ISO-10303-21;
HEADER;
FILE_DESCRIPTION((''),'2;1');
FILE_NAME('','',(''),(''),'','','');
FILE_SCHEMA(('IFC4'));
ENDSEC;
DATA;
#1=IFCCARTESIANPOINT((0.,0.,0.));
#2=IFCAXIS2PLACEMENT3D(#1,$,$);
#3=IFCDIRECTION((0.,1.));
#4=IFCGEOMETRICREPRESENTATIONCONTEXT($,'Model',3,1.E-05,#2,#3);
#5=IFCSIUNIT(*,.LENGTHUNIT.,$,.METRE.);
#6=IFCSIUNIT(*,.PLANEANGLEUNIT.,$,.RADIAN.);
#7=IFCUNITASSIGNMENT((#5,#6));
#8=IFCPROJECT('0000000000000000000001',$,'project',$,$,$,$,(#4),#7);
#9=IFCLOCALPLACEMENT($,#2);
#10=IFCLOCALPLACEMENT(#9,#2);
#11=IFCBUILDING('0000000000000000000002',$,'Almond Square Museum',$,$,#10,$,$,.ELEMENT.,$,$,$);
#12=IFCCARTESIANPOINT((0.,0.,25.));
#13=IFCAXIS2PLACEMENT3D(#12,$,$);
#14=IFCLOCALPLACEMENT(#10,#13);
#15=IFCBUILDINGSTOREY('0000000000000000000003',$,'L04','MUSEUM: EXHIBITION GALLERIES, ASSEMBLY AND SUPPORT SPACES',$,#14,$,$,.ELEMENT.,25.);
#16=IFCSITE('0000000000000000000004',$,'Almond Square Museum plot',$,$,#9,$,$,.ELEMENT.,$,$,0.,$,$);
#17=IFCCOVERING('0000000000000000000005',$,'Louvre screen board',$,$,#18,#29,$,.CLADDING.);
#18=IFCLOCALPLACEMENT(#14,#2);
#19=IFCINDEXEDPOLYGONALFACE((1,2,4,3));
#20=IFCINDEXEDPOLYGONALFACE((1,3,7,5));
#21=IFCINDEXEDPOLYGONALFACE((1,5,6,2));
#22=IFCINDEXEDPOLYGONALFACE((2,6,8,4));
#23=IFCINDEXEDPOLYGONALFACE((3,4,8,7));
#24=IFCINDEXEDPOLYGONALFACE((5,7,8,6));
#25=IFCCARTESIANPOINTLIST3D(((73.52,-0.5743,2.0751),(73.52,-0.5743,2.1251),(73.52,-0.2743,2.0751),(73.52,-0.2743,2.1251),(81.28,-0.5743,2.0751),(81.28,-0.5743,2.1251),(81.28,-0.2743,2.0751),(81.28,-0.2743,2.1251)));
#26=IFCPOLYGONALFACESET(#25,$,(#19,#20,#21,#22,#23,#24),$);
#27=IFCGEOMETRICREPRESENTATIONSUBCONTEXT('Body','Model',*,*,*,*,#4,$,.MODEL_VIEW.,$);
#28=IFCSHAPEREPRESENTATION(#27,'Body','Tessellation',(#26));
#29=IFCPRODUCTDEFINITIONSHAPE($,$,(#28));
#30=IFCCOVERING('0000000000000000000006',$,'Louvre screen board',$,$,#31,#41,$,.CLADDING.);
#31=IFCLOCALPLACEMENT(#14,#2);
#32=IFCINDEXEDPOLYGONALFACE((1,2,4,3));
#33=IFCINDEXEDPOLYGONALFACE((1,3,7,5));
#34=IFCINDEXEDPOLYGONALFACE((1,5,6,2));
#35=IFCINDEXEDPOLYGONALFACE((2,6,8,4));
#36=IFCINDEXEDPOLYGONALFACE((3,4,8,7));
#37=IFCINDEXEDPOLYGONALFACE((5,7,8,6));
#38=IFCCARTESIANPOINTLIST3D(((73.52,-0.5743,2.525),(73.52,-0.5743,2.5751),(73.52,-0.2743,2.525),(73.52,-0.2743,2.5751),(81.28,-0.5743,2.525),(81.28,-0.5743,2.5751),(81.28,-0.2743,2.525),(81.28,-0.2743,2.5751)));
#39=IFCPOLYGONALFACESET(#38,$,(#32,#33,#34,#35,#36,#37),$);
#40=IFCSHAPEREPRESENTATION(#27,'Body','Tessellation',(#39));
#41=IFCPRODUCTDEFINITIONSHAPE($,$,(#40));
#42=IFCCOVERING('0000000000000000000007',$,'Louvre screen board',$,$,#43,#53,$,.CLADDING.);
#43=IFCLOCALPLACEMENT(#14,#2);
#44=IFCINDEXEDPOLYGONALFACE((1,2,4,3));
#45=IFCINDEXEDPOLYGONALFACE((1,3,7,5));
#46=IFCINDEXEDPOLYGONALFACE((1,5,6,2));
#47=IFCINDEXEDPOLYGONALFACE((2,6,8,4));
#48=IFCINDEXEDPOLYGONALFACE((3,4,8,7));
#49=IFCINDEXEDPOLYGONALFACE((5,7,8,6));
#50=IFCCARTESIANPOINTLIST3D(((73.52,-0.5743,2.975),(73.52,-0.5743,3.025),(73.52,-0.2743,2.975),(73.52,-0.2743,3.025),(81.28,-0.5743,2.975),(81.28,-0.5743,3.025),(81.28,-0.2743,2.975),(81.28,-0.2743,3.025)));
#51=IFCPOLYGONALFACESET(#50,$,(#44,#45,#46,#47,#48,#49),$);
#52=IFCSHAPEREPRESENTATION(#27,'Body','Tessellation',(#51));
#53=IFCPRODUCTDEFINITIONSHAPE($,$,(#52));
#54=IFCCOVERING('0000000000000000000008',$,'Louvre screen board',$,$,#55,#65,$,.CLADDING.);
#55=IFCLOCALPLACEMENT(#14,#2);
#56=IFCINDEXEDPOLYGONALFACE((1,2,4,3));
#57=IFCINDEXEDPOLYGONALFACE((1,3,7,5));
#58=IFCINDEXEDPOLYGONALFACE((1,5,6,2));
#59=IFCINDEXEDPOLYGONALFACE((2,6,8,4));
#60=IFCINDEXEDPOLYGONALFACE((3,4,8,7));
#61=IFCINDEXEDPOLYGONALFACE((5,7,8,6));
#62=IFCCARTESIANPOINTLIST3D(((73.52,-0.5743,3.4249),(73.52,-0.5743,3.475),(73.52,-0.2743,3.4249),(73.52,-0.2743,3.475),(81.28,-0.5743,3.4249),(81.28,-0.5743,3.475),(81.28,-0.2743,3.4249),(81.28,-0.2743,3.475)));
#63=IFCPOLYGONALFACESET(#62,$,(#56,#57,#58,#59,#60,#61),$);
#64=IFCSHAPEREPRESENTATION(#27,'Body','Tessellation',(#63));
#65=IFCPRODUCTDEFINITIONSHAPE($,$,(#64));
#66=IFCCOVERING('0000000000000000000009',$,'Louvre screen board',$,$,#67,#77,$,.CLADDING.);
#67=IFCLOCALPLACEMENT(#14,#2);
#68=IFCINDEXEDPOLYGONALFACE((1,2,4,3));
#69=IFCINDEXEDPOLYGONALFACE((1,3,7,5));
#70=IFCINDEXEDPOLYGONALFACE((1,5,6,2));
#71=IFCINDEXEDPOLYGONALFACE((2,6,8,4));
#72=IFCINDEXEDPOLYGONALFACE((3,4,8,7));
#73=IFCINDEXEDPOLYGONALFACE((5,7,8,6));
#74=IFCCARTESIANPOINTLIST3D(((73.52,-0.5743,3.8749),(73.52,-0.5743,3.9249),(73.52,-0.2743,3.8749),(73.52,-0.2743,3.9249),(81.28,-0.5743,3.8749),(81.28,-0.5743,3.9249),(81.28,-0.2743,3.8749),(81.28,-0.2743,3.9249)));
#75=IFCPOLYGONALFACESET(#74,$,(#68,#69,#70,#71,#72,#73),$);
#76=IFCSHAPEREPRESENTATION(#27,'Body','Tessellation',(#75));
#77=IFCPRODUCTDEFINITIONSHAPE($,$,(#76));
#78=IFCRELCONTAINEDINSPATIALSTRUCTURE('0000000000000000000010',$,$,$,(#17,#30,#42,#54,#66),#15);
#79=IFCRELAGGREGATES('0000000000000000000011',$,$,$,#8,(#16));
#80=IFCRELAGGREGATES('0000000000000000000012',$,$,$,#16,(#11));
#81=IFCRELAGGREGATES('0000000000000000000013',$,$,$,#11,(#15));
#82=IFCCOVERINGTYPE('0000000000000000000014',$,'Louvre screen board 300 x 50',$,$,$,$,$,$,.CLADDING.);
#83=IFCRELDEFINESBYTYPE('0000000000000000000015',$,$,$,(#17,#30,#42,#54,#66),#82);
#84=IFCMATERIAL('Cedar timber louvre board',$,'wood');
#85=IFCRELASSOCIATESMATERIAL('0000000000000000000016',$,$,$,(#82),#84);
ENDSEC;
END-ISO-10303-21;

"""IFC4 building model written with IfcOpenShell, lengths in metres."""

from ifc_helpers import new_model, si_unit, direction, frame, origin, origin_2d, place, context, subcontext, project, spatial, rectangle, extrude, material, material_profile, profile_set, type_object, element, save


model = new_model("IFC4")

# Units and contexts
model_context = context("Model", 3, precision=1e-05, world=origin(), true_north=direction((0.0, 1.0)))
body_context = subcontext(model_context, "Body", "Model", "MODEL_VIEW")
ifc_project = project(units=[si_unit("LENGTHUNIT", "METRE"), si_unit("PLANEANGLEUNIT", "RADIAN")], contexts=[model_context])

# Site, building, storey
site_placement = place(None, origin())
site = spatial("IfcSite", under=ifc_project, at=site_placement, Name="Almond Square Museum plot", CompositionType="ELEMENT", RefElevation=0.0)
building_placement = place(site_placement, origin())
building = spatial("IfcBuilding", under=site, at=building_placement, Name="Almond Square Museum", CompositionType="ELEMENT")
storey_placement = place(building_placement, frame((0.0, 0.0, 25.0)))
storey = spatial("IfcBuildingStorey", under=building, at=storey_placement, Name="L04", Description="MUSEUM: EXHIBITION GALLERIES, ASSEMBLY AND SUPPORT SPACES", CompositionType="ELEMENT", Elevation=25.0)

# Coverings
ifc_material_1 = material(Name="Cedar timber louvre board", Category="wood")
ifc_material_profile_1 = material_profile(ifc_material_1, rectangle(XDim=0.3, YDim=0.05, at=origin_2d()))
ifc_profile_set_1 = profile_set([ifc_material_profile_1], Name="Cedar timber louvre board")
covering_type = type_object("IfcCoveringType", Name="Louvre screen board 300 x 50", PredefinedType="CLADDING", material=ifc_profile_set_1)
for number, where, z_axis, x_axis, name in (
    (1, (73.52, -0.4243, 2.1001), (1.0, 0.0, 0.0), (0.0, 1.0, 0.0), "Louvre screen board"),
    (2, (73.52, -0.4243, 2.55), (1.0, 0.0, 0.0), (0.0, 1.0, 0.0), "Louvre screen board"),
    (3, (73.52, -0.4243, 3.0), (1.0, 0.0, 0.0), (0.0, 1.0, 0.0), "Louvre screen board"),
    (4, (73.52, -0.4243, 3.45), (1.0, 0.0, 0.0), (0.0, 1.0, 0.0), "Louvre screen board"),
    (5, (73.52, -0.4243, 3.8999), (1.0, 0.0, 0.0), (0.0, 1.0, 0.0), "Louvre screen board"),
):
    element("IfcCovering", number, at=place(storey_placement, frame(where, z_axis=z_axis, x_axis=x_axis)), inside=storey, type_object=covering_type, Name=name, PredefinedType="CLADDING", context=body_context, shape_type="SweptSolid", body=[
        extrude(rectangle(XDim=0.3, YDim=0.05, at=origin_2d()), origin(), (0.0, 0.0, 1.0), 7.76),
    ])

save(model, "model.ifc")
